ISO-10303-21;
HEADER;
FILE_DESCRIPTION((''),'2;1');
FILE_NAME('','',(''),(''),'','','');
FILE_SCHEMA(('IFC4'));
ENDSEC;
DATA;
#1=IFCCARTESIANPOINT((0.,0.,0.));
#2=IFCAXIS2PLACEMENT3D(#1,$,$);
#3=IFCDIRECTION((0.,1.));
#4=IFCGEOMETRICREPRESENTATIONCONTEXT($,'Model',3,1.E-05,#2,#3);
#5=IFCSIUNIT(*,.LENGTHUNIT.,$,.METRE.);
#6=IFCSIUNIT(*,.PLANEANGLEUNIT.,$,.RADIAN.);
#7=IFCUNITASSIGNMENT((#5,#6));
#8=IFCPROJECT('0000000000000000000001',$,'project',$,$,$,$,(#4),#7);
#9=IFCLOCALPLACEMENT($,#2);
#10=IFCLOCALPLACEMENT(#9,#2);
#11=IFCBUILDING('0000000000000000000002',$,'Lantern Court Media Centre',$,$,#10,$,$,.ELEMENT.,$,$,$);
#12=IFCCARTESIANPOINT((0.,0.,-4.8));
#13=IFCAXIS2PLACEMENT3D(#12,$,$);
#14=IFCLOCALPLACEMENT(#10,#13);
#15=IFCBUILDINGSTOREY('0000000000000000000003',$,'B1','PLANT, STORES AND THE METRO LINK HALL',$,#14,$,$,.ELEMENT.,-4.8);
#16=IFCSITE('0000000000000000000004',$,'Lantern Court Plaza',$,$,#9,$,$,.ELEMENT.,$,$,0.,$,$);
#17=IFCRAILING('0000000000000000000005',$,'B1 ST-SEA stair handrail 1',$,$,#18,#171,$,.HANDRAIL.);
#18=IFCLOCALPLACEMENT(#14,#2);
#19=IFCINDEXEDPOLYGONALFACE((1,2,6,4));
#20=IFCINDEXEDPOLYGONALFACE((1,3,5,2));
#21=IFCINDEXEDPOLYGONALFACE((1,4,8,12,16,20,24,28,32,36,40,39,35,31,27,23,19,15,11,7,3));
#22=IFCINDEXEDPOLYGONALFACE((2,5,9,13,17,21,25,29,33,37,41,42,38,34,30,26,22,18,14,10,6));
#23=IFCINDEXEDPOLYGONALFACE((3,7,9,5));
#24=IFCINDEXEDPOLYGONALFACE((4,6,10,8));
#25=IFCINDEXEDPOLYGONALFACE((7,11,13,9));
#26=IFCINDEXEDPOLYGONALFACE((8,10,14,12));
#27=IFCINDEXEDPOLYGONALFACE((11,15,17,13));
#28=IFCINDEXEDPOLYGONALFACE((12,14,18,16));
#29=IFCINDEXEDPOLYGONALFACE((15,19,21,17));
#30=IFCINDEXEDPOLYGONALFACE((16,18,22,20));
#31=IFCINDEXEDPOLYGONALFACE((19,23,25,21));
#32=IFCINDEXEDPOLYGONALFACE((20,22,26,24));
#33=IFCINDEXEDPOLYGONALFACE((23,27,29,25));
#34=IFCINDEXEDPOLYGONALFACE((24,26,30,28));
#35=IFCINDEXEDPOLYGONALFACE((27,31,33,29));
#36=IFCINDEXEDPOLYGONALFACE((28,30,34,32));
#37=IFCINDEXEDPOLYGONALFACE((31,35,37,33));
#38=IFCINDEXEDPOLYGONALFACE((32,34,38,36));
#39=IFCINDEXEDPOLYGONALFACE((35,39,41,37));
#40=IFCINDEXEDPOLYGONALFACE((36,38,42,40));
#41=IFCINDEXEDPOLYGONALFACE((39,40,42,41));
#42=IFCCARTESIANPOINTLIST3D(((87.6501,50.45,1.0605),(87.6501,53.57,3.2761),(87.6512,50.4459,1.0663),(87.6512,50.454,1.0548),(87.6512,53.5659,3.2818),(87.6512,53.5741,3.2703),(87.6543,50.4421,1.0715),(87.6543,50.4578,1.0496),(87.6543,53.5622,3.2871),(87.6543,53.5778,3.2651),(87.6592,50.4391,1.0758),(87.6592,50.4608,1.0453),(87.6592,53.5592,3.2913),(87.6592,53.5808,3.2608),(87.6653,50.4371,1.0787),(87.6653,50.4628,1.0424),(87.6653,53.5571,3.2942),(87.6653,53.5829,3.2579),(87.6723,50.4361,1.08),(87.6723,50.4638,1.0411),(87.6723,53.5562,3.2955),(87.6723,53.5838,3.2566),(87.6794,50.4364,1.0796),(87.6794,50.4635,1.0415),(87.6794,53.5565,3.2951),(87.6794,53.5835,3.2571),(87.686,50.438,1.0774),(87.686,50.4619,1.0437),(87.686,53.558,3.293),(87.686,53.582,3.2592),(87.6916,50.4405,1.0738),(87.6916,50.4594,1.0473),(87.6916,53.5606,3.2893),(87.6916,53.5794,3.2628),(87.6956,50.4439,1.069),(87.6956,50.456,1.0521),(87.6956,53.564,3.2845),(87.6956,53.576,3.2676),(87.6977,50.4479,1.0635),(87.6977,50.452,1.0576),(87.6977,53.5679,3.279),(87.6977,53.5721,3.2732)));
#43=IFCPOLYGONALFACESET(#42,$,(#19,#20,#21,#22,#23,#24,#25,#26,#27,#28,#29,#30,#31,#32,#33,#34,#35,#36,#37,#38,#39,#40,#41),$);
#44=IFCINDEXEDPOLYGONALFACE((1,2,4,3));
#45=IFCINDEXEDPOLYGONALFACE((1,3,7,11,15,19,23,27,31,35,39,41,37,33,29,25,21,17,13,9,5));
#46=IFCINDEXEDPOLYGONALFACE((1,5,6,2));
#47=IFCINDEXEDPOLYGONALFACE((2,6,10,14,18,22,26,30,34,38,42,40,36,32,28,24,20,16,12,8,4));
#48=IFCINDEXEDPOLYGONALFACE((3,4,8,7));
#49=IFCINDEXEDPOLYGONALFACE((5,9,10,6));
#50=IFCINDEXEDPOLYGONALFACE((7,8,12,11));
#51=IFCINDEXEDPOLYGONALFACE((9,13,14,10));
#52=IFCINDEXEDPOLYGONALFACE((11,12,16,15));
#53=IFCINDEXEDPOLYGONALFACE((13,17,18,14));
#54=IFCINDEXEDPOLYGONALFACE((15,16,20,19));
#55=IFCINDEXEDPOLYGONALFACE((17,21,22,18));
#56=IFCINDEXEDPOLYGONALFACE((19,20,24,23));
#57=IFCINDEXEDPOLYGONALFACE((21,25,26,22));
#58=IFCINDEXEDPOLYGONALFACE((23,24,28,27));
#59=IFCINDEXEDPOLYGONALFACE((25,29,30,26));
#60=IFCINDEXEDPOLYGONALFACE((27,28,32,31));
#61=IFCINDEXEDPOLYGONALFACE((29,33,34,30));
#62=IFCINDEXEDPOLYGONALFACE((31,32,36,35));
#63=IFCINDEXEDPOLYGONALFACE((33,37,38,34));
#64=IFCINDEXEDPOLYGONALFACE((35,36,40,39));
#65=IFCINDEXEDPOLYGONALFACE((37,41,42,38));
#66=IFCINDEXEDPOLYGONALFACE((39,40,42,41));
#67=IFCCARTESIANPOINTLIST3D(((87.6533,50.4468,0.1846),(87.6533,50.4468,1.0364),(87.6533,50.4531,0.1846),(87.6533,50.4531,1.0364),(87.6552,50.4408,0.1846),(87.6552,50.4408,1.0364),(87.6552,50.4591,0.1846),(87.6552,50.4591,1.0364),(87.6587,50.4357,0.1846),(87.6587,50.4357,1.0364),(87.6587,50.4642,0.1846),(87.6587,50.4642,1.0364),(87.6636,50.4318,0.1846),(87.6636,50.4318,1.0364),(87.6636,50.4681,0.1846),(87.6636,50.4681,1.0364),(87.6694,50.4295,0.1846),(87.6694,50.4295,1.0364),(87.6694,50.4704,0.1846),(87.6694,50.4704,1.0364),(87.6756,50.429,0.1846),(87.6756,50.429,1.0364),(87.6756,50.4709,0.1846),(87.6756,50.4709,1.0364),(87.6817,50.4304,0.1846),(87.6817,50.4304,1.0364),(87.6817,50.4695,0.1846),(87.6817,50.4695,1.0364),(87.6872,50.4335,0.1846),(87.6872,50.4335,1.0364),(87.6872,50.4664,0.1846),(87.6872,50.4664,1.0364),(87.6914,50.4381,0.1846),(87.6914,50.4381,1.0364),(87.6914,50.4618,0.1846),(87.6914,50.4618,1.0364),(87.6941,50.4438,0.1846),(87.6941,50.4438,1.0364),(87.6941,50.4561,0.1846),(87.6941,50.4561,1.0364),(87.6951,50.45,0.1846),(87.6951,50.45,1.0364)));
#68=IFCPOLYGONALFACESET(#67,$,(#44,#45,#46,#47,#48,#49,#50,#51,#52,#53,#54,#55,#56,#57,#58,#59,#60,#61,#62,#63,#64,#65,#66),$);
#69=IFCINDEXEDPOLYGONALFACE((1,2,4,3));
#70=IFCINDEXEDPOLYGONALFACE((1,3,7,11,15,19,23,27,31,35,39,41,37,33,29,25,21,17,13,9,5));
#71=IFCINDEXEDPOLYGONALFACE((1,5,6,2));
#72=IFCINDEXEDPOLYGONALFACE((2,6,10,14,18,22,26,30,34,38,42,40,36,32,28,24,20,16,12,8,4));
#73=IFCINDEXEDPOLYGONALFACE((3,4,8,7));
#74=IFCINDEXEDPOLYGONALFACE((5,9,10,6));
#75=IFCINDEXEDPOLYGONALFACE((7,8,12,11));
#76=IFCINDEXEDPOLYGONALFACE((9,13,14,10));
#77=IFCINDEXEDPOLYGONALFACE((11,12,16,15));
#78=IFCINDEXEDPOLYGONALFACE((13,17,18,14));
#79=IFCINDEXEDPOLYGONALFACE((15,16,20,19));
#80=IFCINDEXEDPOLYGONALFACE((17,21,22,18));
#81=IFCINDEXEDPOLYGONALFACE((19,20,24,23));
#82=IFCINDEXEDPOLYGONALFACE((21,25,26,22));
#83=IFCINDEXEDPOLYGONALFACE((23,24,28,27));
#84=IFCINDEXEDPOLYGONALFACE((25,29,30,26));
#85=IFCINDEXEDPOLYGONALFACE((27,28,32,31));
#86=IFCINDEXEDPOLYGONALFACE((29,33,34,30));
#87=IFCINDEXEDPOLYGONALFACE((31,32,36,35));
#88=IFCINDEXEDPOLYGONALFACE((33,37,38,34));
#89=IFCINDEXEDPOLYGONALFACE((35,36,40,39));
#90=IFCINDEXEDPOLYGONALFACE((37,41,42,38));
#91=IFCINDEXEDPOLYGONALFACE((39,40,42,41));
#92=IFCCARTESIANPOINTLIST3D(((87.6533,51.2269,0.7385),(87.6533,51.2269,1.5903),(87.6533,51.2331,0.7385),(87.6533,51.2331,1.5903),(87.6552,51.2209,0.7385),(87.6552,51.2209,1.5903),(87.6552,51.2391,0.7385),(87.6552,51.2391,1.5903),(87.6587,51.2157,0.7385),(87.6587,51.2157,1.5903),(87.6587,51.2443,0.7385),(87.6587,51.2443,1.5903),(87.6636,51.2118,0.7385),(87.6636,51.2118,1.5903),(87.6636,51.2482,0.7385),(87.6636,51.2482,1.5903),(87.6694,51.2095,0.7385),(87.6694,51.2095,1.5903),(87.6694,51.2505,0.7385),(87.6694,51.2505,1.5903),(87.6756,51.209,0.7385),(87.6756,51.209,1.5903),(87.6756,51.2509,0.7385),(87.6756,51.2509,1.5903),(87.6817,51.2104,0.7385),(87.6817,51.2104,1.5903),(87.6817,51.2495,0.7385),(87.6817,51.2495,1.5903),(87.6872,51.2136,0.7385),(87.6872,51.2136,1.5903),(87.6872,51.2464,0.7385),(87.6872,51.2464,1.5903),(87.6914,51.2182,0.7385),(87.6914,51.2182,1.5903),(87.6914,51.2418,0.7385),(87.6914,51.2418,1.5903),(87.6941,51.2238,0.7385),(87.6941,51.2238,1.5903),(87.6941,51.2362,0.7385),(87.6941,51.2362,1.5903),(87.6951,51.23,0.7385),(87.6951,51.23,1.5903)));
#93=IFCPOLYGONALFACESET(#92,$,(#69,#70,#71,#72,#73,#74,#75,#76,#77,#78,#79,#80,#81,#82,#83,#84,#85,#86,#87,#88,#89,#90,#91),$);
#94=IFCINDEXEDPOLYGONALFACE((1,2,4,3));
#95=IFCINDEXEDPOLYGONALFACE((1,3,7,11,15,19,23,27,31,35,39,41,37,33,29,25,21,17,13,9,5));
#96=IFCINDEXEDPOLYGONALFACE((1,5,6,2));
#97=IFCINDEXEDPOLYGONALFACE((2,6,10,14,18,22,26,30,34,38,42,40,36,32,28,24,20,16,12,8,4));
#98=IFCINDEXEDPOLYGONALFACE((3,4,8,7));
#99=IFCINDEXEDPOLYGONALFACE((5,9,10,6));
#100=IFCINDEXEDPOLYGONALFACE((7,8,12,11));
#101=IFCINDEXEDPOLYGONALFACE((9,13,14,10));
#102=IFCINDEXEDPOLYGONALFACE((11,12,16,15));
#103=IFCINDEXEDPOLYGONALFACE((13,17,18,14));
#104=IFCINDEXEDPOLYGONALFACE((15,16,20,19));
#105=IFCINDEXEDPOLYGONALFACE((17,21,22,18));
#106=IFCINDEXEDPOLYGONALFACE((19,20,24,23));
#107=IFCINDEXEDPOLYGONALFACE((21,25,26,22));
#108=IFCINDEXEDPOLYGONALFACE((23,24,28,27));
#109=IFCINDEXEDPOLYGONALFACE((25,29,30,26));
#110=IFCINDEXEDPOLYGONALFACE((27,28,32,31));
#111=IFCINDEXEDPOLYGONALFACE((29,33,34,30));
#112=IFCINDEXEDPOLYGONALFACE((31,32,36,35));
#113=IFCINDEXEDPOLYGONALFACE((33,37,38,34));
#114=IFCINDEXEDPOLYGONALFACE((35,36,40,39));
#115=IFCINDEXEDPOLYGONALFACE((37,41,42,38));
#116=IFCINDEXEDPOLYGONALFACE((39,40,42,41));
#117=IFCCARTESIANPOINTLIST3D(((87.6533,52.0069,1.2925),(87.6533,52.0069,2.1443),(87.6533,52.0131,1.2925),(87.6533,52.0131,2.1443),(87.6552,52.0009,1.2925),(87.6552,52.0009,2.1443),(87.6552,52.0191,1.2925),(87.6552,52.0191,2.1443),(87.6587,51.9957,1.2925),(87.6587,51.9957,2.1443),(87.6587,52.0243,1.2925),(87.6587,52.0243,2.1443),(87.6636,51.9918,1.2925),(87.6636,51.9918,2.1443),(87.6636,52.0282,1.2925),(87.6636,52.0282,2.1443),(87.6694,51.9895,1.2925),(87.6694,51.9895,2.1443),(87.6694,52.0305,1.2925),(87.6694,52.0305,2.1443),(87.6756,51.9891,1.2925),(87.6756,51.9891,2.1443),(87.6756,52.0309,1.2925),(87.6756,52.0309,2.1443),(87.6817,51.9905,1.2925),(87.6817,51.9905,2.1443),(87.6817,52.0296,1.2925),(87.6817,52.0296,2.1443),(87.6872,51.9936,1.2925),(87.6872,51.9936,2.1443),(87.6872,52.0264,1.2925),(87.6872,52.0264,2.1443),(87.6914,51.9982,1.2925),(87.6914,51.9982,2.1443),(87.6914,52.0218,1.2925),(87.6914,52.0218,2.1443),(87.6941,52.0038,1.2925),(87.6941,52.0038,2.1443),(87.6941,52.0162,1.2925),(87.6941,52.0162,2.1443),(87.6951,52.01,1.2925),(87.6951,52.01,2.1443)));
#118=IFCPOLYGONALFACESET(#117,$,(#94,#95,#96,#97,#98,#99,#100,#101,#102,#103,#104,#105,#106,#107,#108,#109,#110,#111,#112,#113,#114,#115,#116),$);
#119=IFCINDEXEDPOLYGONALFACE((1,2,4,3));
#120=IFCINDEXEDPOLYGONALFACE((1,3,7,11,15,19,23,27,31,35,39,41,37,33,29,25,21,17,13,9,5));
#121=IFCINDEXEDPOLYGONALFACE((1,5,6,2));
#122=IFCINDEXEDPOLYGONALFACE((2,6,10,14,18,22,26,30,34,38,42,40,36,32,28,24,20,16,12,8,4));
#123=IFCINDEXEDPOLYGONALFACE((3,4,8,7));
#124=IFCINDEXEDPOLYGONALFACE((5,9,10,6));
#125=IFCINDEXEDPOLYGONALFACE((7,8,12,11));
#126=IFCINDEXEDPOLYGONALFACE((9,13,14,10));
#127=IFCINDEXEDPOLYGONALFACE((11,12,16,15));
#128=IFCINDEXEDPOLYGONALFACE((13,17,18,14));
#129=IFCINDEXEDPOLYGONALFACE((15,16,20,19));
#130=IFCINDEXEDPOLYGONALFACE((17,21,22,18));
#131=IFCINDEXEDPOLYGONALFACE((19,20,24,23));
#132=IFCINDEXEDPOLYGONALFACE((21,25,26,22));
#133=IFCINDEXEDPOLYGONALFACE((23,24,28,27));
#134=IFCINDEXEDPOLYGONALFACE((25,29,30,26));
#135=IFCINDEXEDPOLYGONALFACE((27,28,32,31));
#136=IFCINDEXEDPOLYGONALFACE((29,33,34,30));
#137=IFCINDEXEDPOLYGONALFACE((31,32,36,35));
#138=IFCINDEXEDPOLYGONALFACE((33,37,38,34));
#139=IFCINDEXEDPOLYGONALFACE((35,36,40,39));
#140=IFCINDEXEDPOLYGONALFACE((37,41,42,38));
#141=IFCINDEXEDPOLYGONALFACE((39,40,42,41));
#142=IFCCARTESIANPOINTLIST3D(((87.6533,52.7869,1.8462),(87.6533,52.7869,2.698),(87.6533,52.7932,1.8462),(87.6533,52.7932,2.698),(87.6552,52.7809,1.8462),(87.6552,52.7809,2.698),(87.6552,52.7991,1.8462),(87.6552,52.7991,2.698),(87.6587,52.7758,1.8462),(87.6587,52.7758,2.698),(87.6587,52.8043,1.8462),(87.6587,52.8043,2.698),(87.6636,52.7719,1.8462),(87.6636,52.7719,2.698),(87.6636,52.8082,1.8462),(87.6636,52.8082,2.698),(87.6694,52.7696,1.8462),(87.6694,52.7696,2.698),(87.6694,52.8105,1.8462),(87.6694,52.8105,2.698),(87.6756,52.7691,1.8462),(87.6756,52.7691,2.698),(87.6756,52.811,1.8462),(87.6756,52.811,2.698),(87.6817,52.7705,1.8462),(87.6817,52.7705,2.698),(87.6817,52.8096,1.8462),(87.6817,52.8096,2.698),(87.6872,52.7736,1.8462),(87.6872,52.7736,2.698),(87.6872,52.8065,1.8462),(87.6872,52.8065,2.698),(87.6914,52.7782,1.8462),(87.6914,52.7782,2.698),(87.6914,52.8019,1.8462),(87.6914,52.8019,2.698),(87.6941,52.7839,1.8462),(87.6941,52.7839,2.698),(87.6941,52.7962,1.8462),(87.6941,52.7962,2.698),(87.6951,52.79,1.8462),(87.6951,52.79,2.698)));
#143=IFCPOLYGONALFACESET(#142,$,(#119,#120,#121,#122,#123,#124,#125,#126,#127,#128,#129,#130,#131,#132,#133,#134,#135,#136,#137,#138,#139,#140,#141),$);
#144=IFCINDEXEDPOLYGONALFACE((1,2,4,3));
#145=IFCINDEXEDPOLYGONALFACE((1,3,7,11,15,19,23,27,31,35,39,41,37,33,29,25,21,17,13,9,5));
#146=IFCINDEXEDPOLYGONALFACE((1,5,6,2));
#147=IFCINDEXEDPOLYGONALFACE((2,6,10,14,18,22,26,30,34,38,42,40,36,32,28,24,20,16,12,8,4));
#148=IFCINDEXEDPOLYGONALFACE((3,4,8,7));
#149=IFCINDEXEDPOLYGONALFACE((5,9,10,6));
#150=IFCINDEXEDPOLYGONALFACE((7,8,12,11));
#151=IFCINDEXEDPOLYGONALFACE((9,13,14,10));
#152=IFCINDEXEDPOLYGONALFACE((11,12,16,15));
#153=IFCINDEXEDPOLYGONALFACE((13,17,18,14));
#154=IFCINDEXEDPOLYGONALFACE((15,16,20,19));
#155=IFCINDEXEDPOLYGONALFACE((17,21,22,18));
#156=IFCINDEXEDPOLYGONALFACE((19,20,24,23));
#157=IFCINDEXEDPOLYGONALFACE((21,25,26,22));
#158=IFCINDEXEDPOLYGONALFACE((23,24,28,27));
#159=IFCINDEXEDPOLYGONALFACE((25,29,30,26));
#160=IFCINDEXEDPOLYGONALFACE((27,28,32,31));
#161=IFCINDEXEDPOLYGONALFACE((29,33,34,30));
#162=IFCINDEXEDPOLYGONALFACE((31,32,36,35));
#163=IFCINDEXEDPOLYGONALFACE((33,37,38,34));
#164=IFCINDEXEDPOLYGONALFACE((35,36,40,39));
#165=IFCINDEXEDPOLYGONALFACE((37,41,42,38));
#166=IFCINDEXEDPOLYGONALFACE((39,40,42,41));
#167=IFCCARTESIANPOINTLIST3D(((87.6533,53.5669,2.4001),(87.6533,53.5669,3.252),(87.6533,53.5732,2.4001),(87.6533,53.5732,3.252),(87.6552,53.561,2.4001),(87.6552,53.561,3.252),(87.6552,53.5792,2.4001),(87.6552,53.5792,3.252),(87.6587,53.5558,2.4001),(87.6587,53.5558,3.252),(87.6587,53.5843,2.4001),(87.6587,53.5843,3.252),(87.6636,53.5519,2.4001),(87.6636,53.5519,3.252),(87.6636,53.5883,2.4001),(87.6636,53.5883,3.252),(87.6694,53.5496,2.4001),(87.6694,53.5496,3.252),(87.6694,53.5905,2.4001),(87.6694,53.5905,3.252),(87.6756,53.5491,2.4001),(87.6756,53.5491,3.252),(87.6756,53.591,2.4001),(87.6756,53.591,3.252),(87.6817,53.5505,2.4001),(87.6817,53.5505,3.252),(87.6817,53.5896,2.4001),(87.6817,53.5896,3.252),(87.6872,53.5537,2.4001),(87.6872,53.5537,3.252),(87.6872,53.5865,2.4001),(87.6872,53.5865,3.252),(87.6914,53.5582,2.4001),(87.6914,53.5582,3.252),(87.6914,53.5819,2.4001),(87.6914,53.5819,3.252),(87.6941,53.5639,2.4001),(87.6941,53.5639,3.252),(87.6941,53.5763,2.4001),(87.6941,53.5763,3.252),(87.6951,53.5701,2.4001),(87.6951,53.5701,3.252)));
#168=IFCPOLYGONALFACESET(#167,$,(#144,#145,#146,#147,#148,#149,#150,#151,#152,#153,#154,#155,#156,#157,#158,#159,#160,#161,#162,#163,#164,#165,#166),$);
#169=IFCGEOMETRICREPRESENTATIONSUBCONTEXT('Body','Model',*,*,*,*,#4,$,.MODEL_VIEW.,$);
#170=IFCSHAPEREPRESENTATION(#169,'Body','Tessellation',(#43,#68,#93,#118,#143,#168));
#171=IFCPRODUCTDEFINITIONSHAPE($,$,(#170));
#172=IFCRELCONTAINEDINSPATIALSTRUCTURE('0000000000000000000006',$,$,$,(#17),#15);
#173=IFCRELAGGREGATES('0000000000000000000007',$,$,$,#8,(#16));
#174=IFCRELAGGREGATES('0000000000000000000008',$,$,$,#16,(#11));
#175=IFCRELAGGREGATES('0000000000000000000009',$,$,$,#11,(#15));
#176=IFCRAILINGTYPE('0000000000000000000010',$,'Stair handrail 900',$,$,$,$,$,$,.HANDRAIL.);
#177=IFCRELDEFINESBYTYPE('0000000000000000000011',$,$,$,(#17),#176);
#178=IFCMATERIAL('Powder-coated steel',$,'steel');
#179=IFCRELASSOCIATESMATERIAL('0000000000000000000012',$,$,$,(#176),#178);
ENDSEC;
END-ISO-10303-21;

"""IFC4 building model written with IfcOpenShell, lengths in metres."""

from ifc_helpers import new_model, si_unit, direction, frame, origin, origin_2d, place, context, subcontext, project, spatial, circle, extrude, material, type_object, element, save


model = new_model("IFC4")

# Units and contexts
model_context = context("Model", 3, precision=1e-05, world=origin(), true_north=direction((0.0, 1.0)))
body_context = subcontext(model_context, "Body", "Model", "MODEL_VIEW")
ifc_project = project(units=[si_unit("LENGTHUNIT", "METRE"), si_unit("PLANEANGLEUNIT", "RADIAN")], contexts=[model_context])

# Site, building, storey
site_placement = place(None, origin())
site = spatial("IfcSite", under=ifc_project, at=site_placement, Name="Lantern Court Plaza", CompositionType="ELEMENT", RefElevation=0.0)
building_placement = place(site_placement, origin())
building = spatial("IfcBuilding", under=site, at=building_placement, Name="Lantern Court Media Centre", CompositionType="ELEMENT")
storey_placement = place(building_placement, frame((0.0, 0.0, -4.8)))
storey = spatial("IfcBuildingStorey", under=building, at=storey_placement, Name="B1", Description="PLANT, STORES AND THE METRO LINK HALL", CompositionType="ELEMENT", Elevation=-4.8)

# Railing
ifc_material_1 = material(Name="Powder-coated steel", Category="steel")
railing_type_1 = type_object("IfcRailingType", Name="Stair handrail 900", PredefinedType="HANDRAIL", material=ifc_material_1)
railing_1_placement = place(storey_placement, frame((87.6741, 50.45, 0.1846)))
element("IfcRailing", 1, at=railing_1_placement, inside=storey, type_object=railing_type_1, Name="B1 ST-SEA stair handrail 1", PredefinedType="HANDRAIL", context=body_context, shape_type="SweptSolid", body=[
    extrude(circle(Radius=0.0239, at=origin_2d()), frame((0.0, 0.0, 0.876), z_axis=(0.0, 0.815347, 0.578973), x_axis=(-1.0, 0.0, 0.0)), (0.0, 0.0, 1.0), 3.8267),
    extrude(circle(Radius=0.021, at=origin_2d()), origin(), (0.0, 0.0, 1.0), 0.8518),
    extrude(circle(Radius=0.021, at=origin_2d()), frame((0.0, 0.78, 0.554)), (0.0, 0.0, 1.0), 0.8518),
    extrude(circle(Radius=0.021, at=origin_2d()), frame((0.0, 1.5601, 1.1079)), (0.0, 0.0, 1.0), 0.8518),
    extrude(circle(Radius=0.021, at=origin_2d()), frame((0.0, 2.3401, 1.6616)), (0.0, 0.0, 1.0), 0.8518),
    extrude(circle(Radius=0.021, at=origin_2d()), frame((0.0, 3.1201, 2.2156)), (0.0, 0.0, 1.0), 0.8518),
])

save(model, "model.ifc")
